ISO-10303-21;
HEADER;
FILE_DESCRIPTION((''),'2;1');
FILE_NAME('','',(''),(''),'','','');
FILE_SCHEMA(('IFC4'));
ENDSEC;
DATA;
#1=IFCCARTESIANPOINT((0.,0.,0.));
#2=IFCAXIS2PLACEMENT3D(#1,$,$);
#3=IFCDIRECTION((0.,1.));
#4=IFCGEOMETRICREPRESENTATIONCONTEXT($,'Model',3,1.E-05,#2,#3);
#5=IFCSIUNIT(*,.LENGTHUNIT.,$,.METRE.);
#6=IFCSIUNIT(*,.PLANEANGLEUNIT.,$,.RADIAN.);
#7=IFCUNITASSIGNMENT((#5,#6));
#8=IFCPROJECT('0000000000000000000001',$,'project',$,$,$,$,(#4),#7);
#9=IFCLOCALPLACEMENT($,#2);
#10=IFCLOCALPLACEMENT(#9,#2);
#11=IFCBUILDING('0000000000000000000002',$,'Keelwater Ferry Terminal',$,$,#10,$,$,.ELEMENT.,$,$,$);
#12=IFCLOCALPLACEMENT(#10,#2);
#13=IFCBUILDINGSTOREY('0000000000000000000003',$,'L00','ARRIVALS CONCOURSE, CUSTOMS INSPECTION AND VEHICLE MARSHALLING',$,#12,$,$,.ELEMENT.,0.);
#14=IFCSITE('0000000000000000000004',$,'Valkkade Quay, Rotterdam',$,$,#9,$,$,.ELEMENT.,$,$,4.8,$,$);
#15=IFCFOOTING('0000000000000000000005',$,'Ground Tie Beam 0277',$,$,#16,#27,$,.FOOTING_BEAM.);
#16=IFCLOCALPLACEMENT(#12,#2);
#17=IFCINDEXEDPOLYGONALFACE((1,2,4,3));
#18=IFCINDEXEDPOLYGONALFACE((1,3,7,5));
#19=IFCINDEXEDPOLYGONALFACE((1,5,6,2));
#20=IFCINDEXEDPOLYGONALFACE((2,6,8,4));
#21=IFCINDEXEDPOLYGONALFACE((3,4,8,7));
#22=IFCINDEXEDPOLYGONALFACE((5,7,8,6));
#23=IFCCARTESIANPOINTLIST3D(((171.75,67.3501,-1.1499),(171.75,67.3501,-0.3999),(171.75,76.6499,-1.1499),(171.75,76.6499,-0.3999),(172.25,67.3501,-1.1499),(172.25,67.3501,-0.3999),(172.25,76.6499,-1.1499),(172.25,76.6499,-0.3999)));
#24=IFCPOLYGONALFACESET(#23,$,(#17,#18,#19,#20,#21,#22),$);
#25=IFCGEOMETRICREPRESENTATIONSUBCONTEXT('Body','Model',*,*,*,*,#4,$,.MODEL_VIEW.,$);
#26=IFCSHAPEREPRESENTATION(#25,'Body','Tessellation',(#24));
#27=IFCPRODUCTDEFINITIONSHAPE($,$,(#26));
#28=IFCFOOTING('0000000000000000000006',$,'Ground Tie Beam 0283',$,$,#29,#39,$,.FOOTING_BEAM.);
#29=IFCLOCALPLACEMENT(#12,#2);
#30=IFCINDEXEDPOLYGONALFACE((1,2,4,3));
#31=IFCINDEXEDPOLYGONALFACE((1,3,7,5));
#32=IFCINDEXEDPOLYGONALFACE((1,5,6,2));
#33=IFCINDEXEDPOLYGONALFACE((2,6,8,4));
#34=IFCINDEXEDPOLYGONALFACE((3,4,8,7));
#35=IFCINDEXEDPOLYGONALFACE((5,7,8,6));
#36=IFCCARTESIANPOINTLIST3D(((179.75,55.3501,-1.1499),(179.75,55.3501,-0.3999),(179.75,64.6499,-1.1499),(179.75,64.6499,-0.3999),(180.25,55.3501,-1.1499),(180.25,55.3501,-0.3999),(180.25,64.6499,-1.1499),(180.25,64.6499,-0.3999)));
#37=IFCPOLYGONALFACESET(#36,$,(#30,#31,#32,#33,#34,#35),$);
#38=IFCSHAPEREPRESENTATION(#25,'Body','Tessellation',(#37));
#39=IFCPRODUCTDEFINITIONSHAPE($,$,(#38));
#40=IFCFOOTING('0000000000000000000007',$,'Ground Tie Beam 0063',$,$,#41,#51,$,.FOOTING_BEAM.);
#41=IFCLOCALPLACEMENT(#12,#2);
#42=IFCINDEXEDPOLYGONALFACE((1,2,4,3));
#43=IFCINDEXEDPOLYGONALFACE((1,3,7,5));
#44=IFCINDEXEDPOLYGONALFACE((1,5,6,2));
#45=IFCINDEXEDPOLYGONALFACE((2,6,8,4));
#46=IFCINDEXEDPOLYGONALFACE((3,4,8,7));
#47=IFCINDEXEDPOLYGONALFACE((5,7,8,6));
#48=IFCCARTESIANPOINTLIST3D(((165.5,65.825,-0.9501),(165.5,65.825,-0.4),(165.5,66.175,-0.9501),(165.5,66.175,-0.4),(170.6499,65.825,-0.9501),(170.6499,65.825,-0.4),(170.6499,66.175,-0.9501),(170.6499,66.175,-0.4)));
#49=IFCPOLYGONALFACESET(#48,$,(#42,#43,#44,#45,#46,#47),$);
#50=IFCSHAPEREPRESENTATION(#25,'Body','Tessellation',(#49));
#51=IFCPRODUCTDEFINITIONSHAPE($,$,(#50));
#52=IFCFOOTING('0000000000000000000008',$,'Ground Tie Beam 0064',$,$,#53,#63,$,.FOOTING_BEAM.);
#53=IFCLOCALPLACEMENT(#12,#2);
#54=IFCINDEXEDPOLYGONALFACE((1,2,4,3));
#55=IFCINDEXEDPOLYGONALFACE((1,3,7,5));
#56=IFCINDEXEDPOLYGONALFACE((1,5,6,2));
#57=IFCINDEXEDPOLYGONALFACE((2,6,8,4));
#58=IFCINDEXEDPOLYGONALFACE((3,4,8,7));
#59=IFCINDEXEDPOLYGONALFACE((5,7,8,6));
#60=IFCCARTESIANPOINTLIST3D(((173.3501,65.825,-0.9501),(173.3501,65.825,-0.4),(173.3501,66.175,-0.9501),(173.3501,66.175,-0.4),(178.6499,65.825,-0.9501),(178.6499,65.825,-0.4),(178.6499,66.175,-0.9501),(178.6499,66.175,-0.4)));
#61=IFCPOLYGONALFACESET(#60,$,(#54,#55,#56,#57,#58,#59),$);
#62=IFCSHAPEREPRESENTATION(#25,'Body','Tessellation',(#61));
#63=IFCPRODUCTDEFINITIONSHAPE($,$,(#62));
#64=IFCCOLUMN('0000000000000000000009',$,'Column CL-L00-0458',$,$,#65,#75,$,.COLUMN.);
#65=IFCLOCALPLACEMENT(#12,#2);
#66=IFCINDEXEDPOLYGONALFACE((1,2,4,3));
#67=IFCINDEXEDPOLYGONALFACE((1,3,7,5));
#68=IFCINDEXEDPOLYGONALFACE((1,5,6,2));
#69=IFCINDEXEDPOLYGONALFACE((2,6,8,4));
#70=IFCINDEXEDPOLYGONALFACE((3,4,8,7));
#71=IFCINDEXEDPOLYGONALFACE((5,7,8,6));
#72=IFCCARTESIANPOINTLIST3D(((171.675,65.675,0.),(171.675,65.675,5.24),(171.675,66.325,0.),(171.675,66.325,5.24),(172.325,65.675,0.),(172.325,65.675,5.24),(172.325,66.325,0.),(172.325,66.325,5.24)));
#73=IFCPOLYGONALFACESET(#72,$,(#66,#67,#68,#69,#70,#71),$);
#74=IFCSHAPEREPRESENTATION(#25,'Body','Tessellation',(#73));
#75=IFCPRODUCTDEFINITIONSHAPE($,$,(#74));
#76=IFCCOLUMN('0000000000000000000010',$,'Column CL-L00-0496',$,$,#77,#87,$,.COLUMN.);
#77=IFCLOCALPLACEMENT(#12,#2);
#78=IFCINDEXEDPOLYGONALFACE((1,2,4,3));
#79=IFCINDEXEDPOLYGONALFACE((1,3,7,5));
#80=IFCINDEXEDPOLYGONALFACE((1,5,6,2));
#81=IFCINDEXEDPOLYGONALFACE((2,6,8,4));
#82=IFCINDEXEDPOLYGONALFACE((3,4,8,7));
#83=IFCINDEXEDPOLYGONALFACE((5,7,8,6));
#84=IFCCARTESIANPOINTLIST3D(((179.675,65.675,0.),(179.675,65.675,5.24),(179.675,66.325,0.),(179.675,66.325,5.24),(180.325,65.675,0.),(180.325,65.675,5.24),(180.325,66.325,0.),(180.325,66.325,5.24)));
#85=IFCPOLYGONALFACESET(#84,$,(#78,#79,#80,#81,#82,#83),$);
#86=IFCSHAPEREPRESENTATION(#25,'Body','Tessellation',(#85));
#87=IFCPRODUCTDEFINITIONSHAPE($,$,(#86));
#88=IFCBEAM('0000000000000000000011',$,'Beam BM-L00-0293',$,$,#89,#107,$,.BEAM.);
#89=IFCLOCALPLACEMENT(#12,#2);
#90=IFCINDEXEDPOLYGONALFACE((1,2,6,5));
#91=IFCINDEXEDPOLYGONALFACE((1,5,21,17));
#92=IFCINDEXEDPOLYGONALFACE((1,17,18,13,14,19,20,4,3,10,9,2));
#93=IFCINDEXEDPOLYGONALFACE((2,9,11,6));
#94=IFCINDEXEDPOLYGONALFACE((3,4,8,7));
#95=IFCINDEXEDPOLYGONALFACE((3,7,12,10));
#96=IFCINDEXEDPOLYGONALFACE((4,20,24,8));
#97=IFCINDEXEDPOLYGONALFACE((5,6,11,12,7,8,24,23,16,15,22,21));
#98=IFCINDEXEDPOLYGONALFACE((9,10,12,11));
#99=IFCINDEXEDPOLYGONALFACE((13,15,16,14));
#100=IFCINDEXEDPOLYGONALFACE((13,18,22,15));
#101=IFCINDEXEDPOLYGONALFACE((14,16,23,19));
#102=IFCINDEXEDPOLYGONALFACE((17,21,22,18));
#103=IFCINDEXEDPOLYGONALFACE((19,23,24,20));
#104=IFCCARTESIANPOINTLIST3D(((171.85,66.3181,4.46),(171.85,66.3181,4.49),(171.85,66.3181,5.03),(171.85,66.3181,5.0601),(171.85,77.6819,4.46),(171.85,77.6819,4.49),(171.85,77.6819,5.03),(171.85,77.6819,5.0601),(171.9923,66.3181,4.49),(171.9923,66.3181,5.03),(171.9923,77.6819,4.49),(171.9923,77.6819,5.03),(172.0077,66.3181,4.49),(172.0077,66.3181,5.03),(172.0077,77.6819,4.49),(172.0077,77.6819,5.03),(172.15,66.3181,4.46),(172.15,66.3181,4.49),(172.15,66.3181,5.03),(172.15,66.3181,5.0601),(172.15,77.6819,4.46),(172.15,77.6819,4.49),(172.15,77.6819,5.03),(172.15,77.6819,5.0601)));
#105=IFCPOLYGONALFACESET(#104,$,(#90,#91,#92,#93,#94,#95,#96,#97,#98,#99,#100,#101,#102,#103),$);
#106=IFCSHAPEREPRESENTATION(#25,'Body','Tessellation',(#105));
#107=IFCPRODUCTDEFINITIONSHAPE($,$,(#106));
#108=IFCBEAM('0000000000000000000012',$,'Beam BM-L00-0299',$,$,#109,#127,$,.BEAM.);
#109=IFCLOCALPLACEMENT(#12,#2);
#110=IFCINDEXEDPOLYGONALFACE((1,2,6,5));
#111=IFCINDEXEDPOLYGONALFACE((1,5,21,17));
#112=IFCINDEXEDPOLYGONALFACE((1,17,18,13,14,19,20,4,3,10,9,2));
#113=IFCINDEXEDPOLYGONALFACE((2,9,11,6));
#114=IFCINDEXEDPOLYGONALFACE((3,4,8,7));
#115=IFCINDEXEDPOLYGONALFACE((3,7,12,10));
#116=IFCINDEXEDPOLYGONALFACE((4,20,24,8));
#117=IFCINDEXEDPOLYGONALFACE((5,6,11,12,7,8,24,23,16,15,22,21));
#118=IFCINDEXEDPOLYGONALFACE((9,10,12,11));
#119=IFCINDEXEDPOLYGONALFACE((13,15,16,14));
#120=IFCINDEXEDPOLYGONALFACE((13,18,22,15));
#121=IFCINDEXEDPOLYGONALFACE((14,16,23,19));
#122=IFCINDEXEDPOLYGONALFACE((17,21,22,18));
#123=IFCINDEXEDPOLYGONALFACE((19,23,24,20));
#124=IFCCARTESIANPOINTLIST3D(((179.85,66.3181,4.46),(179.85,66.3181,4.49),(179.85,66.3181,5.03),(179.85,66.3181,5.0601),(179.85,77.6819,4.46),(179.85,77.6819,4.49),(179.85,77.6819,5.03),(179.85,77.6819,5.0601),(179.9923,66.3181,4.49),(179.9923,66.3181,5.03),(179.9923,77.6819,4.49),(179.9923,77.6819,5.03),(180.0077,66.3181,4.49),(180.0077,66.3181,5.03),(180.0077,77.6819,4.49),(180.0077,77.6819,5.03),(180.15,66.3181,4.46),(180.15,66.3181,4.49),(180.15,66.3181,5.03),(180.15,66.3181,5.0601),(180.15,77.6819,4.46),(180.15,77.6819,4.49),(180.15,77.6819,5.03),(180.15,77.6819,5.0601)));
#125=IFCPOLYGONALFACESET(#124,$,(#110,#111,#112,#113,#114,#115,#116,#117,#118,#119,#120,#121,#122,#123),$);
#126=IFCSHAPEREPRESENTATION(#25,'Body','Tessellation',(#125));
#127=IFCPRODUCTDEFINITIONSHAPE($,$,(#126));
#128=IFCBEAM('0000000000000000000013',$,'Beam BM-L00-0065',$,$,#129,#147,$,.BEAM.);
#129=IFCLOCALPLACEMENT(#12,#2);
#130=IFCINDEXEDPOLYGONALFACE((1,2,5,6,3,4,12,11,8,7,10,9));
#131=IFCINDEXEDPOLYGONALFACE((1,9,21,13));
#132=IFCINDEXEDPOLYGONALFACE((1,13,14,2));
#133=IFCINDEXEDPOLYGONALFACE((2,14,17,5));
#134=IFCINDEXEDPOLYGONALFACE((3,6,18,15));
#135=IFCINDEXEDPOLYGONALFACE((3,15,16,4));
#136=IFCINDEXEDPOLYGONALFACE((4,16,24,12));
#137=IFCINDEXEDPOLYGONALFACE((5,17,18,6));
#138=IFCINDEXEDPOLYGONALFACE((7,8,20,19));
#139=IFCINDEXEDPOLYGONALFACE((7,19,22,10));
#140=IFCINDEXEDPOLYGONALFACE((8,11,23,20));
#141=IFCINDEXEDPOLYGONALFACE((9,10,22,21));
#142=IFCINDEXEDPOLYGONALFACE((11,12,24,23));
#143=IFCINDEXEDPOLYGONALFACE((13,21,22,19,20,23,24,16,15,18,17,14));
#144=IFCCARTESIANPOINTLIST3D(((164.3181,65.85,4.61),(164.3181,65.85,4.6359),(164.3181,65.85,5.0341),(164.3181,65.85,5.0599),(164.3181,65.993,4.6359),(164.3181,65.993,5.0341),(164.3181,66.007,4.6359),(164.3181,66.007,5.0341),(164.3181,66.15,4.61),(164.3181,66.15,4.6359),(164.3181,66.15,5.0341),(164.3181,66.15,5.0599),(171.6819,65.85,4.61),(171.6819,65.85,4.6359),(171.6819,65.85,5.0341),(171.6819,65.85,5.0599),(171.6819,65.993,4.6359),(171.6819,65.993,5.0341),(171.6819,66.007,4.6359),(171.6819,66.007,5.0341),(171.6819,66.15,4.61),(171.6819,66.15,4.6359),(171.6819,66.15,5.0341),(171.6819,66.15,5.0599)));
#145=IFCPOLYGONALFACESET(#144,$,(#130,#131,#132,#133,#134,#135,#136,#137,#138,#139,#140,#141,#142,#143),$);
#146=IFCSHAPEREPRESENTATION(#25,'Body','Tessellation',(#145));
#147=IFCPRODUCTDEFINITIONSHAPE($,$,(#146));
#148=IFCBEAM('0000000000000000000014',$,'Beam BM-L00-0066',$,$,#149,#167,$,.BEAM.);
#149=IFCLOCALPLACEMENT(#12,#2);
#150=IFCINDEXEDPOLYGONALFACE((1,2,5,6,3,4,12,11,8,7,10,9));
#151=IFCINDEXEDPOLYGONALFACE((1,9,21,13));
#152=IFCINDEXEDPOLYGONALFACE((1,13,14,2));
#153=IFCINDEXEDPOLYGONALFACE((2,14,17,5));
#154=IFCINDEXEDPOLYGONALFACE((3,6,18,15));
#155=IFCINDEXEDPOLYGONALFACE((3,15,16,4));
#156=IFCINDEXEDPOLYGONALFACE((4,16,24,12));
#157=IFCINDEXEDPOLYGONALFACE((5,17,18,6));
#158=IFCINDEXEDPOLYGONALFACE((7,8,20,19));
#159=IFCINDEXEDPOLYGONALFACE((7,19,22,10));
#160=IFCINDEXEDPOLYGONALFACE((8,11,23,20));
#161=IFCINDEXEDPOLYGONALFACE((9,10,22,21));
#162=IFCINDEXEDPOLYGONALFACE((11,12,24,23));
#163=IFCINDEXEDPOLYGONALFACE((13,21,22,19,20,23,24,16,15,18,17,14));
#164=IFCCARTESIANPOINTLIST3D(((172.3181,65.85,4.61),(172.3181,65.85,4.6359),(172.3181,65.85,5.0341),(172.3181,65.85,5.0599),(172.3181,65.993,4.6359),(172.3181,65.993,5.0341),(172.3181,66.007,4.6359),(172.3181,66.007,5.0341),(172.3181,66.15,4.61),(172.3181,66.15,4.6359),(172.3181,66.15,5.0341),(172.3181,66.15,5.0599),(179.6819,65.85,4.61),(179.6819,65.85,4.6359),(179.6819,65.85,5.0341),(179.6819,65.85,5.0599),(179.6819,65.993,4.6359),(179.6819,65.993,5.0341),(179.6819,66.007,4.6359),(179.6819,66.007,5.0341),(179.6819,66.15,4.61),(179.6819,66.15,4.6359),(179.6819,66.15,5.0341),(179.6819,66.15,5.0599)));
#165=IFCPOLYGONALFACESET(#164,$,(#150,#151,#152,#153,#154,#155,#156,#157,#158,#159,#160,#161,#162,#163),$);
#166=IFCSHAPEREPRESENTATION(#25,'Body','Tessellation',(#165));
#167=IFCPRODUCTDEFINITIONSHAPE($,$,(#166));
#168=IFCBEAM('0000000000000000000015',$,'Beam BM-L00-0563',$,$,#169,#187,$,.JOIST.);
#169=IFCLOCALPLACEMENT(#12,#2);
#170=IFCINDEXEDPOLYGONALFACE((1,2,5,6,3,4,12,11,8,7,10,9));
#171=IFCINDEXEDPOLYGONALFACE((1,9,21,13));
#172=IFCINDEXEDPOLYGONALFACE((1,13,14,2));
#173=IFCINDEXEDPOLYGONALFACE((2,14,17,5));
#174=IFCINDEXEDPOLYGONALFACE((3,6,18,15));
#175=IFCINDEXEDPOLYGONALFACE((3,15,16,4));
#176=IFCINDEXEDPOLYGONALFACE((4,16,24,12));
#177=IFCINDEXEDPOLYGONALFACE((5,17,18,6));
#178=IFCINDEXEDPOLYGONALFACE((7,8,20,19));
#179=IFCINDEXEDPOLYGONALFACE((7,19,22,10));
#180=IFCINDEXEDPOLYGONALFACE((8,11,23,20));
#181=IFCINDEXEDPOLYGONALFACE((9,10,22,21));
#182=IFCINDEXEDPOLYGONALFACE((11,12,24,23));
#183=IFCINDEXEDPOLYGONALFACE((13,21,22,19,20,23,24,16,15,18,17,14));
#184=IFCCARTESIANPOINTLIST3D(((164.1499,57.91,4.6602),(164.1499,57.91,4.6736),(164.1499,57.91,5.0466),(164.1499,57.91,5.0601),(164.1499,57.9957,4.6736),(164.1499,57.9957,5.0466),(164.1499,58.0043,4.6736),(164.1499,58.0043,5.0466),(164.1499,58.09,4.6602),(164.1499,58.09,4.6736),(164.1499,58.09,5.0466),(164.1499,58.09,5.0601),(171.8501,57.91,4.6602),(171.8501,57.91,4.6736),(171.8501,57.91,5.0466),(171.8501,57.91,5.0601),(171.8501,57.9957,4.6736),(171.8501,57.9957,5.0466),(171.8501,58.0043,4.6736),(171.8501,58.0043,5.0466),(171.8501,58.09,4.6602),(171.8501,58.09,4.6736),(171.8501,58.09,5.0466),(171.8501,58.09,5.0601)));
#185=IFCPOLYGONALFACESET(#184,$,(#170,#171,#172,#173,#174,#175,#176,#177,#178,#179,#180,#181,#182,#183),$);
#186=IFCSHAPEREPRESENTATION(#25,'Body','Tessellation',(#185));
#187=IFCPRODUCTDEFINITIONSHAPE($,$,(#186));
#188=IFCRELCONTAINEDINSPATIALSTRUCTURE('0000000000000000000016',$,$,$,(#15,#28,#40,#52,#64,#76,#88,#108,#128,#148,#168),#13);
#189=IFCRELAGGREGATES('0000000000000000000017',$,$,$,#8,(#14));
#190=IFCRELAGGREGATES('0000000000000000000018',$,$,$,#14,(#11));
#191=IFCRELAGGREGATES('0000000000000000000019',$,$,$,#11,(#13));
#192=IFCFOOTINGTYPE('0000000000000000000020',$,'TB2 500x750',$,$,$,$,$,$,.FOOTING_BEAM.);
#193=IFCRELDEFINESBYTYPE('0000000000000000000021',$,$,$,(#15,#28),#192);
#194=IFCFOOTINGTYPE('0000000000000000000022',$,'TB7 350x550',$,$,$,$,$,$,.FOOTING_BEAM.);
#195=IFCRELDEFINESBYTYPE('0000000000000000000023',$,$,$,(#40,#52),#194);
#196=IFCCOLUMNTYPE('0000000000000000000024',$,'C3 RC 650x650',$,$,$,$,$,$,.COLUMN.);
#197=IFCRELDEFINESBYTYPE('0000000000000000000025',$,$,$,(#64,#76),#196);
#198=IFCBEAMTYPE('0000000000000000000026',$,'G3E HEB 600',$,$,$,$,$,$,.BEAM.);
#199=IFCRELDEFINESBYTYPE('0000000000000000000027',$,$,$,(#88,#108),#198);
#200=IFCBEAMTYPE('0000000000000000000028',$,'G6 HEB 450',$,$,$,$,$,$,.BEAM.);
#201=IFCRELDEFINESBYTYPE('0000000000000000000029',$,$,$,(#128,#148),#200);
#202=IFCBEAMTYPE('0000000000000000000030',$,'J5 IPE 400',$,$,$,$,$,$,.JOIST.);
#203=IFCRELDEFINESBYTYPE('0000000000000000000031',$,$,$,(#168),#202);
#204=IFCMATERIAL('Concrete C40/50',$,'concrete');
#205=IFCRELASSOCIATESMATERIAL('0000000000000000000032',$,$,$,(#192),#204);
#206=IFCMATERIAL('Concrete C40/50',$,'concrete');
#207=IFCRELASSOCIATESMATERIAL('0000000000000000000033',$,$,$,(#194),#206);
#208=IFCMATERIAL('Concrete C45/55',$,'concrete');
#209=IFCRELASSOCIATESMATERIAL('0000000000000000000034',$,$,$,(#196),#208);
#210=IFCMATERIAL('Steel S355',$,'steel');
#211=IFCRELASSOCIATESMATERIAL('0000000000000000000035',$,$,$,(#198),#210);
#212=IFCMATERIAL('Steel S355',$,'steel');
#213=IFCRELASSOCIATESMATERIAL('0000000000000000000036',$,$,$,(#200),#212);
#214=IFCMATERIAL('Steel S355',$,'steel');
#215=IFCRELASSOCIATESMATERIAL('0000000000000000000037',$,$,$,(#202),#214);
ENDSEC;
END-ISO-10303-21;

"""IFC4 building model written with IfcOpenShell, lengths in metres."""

from ifc_helpers import new_model, si_unit, direction, frame, origin, origin_2d, place, context, subcontext, project, spatial, rectangle, i_section, extrude, material, material_profile, profile_set, type_object, element, save


model = new_model("IFC4")

# Units and contexts
model_context = context("Model", 3, precision=1e-05, world=origin(), true_north=direction((0.0, 1.0)))
body_context = subcontext(model_context, "Body", "Model", "MODEL_VIEW")
ifc_project = project(units=[si_unit("LENGTHUNIT", "METRE"), si_unit("PLANEANGLEUNIT", "RADIAN")], contexts=[model_context])

# Site, building, storey
site_placement = place(None, origin())
site = spatial("IfcSite", under=ifc_project, at=site_placement, Name="Valkkade Quay, Rotterdam", CompositionType="ELEMENT", RefElevation=4.8)
building_placement = place(site_placement, origin())
building = spatial("IfcBuilding", under=site, at=building_placement, Name="Keelwater Ferry Terminal", CompositionType="ELEMENT")
storey_placement = place(building_placement, origin())
storey = spatial("IfcBuildingStorey", under=building, at=storey_placement, Name="L00", Description="ARRIVALS CONCOURSE, CUSTOMS INSPECTION AND VEHICLE MARSHALLING", CompositionType="ELEMENT", Elevation=0.0)

# Footings
ifc_material_1 = material(Name="Concrete C40/50", Category="concrete")
ifc_material_profile_1 = material_profile(ifc_material_1, rectangle(XDim=0.5, YDim=0.75, at=origin_2d()), Name="TB 500x750")
ifc_profile_set_1 = profile_set([ifc_material_profile_1], Name="Concrete C40/50")
footing_type_1 = type_object("IfcFootingType", Name="TB2 500x750", PredefinedType="FOOTING_BEAM", material=ifc_profile_set_1)
for number, where, z_axis, x_axis, name in (
    (1, (172.0, 67.3501, -0.7749), (0.0, 1.0, 0.0), (-1.0, 0.0, 0.0), "Ground Tie Beam 0277"),
    (2, (180.0, 55.3501, -0.7749), (0.0, 1.0, 0.0), (-1.0, 0.0, 0.0), "Ground Tie Beam 0283"),
):
    element("IfcFooting", number, at=place(storey_placement, frame(where, z_axis=z_axis, x_axis=x_axis)), inside=storey, type_object=footing_type_1, Name=name, PredefinedType="FOOTING_BEAM", context=body_context, shape_type="SweptSolid", body=[
        extrude(rectangle(XDim=0.5, YDim=0.75, at=origin_2d()), origin(), (0.0, 0.0, 1.0), 9.2998),
    ])
ifc_material_2 = material(Name="Concrete C40/50", Category="concrete")
ifc_material_profile_2 = material_profile(ifc_material_2, rectangle(XDim=0.3501, YDim=0.55, at=origin_2d()), Name="TB 350x550")
ifc_profile_set_2 = profile_set([ifc_material_profile_2], Name="Concrete C40/50")
footing_type_2 = type_object("IfcFootingType", Name="TB7 350x550", PredefinedType="FOOTING_BEAM", material=ifc_profile_set_2)
footing_1_placement = place(storey_placement, frame((165.5, 66.0, -0.675), z_axis=(1.0, 0.0, 0.0), x_axis=(0.0, 1.0, 0.0)))
element("IfcFooting", 3, at=footing_1_placement, inside=storey, type_object=footing_type_2, Name="Ground Tie Beam 0063", PredefinedType="FOOTING_BEAM", context=body_context, shape_type="SweptSolid", body=[
    extrude(rectangle(XDim=0.3501, YDim=0.55, at=origin_2d()), origin(), (0.0, 0.0, 1.0), 5.1499),
])
footing_2_placement = place(storey_placement, frame((173.3501, 66.0, -0.675), z_axis=(1.0, 0.0, 0.0), x_axis=(0.0, 1.0, 0.0)))
element("IfcFooting", 4, at=footing_2_placement, inside=storey, type_object=footing_type_2, Name="Ground Tie Beam 0064", PredefinedType="FOOTING_BEAM", context=body_context, shape_type="SweptSolid", body=[
    extrude(rectangle(XDim=0.3501, YDim=0.55, at=origin_2d()), origin(), (0.0, 0.0, 1.0), 5.2998),
])

# Columns
ifc_material_3 = material(Name="Concrete C45/55", Category="concrete")
ifc_material_profile_3 = material_profile(ifc_material_3, rectangle(XDim=0.6499, YDim=0.6499, at=origin_2d()), Name="RC 650x650")
ifc_profile_set_3 = profile_set([ifc_material_profile_3], Name="Concrete C45/55")
column_type = type_object("IfcColumnType", Name="C3 RC 650x650", PredefinedType="COLUMN", material=ifc_profile_set_3)
for number, where, z_axis, x_axis, name in (
    (5, (172.0, 66.0, 0.0), (0.0, 0.0, 1.0), (1.0, 0.0, 0.0), "Column CL-L00-0458"),
    (6, (180.0, 66.0, 0.0), (0.0, 0.0, 1.0), (1.0, 0.0, 0.0), "Column CL-L00-0496"),
):
    element("IfcColumn", number, at=place(storey_placement, frame(where, z_axis=z_axis, x_axis=x_axis)), inside=storey, type_object=column_type, Name=name, PredefinedType="COLUMN", context=body_context, shape_type="SweptSolid", body=[
        extrude(rectangle(XDim=0.6499, YDim=0.6499, at=origin_2d()), origin(), (0.0, 0.0, 1.0), 5.24),
    ])

# Beams
ifc_material_4 = material(Name="Steel S355", Category="steel")
ifc_material_profile_4 = material_profile(ifc_material_4, i_section(OverallWidth=0.3, OverallDepth=0.6001, WebThickness=0.0154, FlangeThickness=0.03, at=origin_2d()), Name="HEB 600")
ifc_profile_set_4 = profile_set([ifc_material_profile_4], Name="Steel S355")
beam_type_1 = type_object("IfcBeamType", Name="G3E HEB 600", PredefinedType="BEAM", material=ifc_profile_set_4)
for number, where, z_axis, x_axis, name in (
    (7, (172.0, 66.3181, 4.76), (0.0, 1.0, 0.0), (-1.0, 0.0, 0.0), "Beam BM-L00-0293"),
    (8, (180.0, 66.3181, 4.76), (0.0, 1.0, 0.0), (-1.0, 0.0, 0.0), "Beam BM-L00-0299"),
):
    element("IfcBeam", number, at=place(storey_placement, frame(where, z_axis=z_axis, x_axis=x_axis)), inside=storey, type_object=beam_type_1, Name=name, PredefinedType="BEAM", context=body_context, shape_type="SweptSolid", body=[
        extrude(i_section(OverallWidth=0.3, OverallDepth=0.6001, WebThickness=0.0154, FlangeThickness=0.03, at=origin_2d()), origin(), (0.0, 0.0, 1.0), 11.3638),
    ])
ifc_material_5 = material(Name="Steel S355", Category="steel")
ifc_material_profile_5 = material_profile(ifc_material_5, i_section(OverallWidth=0.3, OverallDepth=0.45, WebThickness=0.0139, FlangeThickness=0.0259, at=origin_2d()), Name="HEB 450")
ifc_profile_set_5 = profile_set([ifc_material_profile_5], Name="Steel S355")
beam_type_2 = type_object("IfcBeamType", Name="G6 HEB 450", PredefinedType="BEAM", material=ifc_profile_set_5)
for number, where, z_axis, x_axis, name in (
    (9, (164.3181, 66.0, 4.835), (1.0, 0.0, 0.0), (0.0, 1.0, 0.0), "Beam BM-L00-0065"),
    (10, (172.3181, 66.0, 4.835), (1.0, 0.0, 0.0), (0.0, 1.0, 0.0), "Beam BM-L00-0066"),
):
    element("IfcBeam", number, at=place(storey_placement, frame(where, z_axis=z_axis, x_axis=x_axis)), inside=storey, type_object=beam_type_2, Name=name, PredefinedType="BEAM", context=body_context, shape_type="SweptSolid", body=[
        extrude(i_section(OverallWidth=0.3, OverallDepth=0.45, WebThickness=0.0139, FlangeThickness=0.0259, at=origin_2d()), origin(), (0.0, 0.0, 1.0), 7.3638),
    ])
ifc_material_6 = material(Name="Steel S355", Category="steel")
ifc_material_profile_6 = material_profile(ifc_material_6, i_section(OverallWidth=0.1799, OverallDepth=0.3999, WebThickness=0.0085, FlangeThickness=0.0134, at=origin_2d()), Name="IPE 400")
ifc_profile_set_6 = profile_set([ifc_material_profile_6], Name="Steel S355")
beam_type_3 = type_object("IfcBeamType", Name="J5 IPE 400", PredefinedType="JOIST", material=ifc_profile_set_6)
for number, where, z_axis, x_axis, name in (
    (11, (164.1499, 58.0, 4.8601), (1.0, 0.0, 0.0), (0.0, 1.0, 0.0), "Beam BM-L00-0563"),
):
    element("IfcBeam", number, at=place(storey_placement, frame(where, z_axis=z_axis, x_axis=x_axis)), inside=storey, type_object=beam_type_3, Name=name, PredefinedType="JOIST", context=body_context, shape_type="SweptSolid", body=[
        extrude(i_section(OverallWidth=0.1799, OverallDepth=0.3999, WebThickness=0.0085, FlangeThickness=0.0134, at=origin_2d()), origin(), (0.0, 0.0, 1.0), 7.7002),
    ])

save(model, "model.ifc")
